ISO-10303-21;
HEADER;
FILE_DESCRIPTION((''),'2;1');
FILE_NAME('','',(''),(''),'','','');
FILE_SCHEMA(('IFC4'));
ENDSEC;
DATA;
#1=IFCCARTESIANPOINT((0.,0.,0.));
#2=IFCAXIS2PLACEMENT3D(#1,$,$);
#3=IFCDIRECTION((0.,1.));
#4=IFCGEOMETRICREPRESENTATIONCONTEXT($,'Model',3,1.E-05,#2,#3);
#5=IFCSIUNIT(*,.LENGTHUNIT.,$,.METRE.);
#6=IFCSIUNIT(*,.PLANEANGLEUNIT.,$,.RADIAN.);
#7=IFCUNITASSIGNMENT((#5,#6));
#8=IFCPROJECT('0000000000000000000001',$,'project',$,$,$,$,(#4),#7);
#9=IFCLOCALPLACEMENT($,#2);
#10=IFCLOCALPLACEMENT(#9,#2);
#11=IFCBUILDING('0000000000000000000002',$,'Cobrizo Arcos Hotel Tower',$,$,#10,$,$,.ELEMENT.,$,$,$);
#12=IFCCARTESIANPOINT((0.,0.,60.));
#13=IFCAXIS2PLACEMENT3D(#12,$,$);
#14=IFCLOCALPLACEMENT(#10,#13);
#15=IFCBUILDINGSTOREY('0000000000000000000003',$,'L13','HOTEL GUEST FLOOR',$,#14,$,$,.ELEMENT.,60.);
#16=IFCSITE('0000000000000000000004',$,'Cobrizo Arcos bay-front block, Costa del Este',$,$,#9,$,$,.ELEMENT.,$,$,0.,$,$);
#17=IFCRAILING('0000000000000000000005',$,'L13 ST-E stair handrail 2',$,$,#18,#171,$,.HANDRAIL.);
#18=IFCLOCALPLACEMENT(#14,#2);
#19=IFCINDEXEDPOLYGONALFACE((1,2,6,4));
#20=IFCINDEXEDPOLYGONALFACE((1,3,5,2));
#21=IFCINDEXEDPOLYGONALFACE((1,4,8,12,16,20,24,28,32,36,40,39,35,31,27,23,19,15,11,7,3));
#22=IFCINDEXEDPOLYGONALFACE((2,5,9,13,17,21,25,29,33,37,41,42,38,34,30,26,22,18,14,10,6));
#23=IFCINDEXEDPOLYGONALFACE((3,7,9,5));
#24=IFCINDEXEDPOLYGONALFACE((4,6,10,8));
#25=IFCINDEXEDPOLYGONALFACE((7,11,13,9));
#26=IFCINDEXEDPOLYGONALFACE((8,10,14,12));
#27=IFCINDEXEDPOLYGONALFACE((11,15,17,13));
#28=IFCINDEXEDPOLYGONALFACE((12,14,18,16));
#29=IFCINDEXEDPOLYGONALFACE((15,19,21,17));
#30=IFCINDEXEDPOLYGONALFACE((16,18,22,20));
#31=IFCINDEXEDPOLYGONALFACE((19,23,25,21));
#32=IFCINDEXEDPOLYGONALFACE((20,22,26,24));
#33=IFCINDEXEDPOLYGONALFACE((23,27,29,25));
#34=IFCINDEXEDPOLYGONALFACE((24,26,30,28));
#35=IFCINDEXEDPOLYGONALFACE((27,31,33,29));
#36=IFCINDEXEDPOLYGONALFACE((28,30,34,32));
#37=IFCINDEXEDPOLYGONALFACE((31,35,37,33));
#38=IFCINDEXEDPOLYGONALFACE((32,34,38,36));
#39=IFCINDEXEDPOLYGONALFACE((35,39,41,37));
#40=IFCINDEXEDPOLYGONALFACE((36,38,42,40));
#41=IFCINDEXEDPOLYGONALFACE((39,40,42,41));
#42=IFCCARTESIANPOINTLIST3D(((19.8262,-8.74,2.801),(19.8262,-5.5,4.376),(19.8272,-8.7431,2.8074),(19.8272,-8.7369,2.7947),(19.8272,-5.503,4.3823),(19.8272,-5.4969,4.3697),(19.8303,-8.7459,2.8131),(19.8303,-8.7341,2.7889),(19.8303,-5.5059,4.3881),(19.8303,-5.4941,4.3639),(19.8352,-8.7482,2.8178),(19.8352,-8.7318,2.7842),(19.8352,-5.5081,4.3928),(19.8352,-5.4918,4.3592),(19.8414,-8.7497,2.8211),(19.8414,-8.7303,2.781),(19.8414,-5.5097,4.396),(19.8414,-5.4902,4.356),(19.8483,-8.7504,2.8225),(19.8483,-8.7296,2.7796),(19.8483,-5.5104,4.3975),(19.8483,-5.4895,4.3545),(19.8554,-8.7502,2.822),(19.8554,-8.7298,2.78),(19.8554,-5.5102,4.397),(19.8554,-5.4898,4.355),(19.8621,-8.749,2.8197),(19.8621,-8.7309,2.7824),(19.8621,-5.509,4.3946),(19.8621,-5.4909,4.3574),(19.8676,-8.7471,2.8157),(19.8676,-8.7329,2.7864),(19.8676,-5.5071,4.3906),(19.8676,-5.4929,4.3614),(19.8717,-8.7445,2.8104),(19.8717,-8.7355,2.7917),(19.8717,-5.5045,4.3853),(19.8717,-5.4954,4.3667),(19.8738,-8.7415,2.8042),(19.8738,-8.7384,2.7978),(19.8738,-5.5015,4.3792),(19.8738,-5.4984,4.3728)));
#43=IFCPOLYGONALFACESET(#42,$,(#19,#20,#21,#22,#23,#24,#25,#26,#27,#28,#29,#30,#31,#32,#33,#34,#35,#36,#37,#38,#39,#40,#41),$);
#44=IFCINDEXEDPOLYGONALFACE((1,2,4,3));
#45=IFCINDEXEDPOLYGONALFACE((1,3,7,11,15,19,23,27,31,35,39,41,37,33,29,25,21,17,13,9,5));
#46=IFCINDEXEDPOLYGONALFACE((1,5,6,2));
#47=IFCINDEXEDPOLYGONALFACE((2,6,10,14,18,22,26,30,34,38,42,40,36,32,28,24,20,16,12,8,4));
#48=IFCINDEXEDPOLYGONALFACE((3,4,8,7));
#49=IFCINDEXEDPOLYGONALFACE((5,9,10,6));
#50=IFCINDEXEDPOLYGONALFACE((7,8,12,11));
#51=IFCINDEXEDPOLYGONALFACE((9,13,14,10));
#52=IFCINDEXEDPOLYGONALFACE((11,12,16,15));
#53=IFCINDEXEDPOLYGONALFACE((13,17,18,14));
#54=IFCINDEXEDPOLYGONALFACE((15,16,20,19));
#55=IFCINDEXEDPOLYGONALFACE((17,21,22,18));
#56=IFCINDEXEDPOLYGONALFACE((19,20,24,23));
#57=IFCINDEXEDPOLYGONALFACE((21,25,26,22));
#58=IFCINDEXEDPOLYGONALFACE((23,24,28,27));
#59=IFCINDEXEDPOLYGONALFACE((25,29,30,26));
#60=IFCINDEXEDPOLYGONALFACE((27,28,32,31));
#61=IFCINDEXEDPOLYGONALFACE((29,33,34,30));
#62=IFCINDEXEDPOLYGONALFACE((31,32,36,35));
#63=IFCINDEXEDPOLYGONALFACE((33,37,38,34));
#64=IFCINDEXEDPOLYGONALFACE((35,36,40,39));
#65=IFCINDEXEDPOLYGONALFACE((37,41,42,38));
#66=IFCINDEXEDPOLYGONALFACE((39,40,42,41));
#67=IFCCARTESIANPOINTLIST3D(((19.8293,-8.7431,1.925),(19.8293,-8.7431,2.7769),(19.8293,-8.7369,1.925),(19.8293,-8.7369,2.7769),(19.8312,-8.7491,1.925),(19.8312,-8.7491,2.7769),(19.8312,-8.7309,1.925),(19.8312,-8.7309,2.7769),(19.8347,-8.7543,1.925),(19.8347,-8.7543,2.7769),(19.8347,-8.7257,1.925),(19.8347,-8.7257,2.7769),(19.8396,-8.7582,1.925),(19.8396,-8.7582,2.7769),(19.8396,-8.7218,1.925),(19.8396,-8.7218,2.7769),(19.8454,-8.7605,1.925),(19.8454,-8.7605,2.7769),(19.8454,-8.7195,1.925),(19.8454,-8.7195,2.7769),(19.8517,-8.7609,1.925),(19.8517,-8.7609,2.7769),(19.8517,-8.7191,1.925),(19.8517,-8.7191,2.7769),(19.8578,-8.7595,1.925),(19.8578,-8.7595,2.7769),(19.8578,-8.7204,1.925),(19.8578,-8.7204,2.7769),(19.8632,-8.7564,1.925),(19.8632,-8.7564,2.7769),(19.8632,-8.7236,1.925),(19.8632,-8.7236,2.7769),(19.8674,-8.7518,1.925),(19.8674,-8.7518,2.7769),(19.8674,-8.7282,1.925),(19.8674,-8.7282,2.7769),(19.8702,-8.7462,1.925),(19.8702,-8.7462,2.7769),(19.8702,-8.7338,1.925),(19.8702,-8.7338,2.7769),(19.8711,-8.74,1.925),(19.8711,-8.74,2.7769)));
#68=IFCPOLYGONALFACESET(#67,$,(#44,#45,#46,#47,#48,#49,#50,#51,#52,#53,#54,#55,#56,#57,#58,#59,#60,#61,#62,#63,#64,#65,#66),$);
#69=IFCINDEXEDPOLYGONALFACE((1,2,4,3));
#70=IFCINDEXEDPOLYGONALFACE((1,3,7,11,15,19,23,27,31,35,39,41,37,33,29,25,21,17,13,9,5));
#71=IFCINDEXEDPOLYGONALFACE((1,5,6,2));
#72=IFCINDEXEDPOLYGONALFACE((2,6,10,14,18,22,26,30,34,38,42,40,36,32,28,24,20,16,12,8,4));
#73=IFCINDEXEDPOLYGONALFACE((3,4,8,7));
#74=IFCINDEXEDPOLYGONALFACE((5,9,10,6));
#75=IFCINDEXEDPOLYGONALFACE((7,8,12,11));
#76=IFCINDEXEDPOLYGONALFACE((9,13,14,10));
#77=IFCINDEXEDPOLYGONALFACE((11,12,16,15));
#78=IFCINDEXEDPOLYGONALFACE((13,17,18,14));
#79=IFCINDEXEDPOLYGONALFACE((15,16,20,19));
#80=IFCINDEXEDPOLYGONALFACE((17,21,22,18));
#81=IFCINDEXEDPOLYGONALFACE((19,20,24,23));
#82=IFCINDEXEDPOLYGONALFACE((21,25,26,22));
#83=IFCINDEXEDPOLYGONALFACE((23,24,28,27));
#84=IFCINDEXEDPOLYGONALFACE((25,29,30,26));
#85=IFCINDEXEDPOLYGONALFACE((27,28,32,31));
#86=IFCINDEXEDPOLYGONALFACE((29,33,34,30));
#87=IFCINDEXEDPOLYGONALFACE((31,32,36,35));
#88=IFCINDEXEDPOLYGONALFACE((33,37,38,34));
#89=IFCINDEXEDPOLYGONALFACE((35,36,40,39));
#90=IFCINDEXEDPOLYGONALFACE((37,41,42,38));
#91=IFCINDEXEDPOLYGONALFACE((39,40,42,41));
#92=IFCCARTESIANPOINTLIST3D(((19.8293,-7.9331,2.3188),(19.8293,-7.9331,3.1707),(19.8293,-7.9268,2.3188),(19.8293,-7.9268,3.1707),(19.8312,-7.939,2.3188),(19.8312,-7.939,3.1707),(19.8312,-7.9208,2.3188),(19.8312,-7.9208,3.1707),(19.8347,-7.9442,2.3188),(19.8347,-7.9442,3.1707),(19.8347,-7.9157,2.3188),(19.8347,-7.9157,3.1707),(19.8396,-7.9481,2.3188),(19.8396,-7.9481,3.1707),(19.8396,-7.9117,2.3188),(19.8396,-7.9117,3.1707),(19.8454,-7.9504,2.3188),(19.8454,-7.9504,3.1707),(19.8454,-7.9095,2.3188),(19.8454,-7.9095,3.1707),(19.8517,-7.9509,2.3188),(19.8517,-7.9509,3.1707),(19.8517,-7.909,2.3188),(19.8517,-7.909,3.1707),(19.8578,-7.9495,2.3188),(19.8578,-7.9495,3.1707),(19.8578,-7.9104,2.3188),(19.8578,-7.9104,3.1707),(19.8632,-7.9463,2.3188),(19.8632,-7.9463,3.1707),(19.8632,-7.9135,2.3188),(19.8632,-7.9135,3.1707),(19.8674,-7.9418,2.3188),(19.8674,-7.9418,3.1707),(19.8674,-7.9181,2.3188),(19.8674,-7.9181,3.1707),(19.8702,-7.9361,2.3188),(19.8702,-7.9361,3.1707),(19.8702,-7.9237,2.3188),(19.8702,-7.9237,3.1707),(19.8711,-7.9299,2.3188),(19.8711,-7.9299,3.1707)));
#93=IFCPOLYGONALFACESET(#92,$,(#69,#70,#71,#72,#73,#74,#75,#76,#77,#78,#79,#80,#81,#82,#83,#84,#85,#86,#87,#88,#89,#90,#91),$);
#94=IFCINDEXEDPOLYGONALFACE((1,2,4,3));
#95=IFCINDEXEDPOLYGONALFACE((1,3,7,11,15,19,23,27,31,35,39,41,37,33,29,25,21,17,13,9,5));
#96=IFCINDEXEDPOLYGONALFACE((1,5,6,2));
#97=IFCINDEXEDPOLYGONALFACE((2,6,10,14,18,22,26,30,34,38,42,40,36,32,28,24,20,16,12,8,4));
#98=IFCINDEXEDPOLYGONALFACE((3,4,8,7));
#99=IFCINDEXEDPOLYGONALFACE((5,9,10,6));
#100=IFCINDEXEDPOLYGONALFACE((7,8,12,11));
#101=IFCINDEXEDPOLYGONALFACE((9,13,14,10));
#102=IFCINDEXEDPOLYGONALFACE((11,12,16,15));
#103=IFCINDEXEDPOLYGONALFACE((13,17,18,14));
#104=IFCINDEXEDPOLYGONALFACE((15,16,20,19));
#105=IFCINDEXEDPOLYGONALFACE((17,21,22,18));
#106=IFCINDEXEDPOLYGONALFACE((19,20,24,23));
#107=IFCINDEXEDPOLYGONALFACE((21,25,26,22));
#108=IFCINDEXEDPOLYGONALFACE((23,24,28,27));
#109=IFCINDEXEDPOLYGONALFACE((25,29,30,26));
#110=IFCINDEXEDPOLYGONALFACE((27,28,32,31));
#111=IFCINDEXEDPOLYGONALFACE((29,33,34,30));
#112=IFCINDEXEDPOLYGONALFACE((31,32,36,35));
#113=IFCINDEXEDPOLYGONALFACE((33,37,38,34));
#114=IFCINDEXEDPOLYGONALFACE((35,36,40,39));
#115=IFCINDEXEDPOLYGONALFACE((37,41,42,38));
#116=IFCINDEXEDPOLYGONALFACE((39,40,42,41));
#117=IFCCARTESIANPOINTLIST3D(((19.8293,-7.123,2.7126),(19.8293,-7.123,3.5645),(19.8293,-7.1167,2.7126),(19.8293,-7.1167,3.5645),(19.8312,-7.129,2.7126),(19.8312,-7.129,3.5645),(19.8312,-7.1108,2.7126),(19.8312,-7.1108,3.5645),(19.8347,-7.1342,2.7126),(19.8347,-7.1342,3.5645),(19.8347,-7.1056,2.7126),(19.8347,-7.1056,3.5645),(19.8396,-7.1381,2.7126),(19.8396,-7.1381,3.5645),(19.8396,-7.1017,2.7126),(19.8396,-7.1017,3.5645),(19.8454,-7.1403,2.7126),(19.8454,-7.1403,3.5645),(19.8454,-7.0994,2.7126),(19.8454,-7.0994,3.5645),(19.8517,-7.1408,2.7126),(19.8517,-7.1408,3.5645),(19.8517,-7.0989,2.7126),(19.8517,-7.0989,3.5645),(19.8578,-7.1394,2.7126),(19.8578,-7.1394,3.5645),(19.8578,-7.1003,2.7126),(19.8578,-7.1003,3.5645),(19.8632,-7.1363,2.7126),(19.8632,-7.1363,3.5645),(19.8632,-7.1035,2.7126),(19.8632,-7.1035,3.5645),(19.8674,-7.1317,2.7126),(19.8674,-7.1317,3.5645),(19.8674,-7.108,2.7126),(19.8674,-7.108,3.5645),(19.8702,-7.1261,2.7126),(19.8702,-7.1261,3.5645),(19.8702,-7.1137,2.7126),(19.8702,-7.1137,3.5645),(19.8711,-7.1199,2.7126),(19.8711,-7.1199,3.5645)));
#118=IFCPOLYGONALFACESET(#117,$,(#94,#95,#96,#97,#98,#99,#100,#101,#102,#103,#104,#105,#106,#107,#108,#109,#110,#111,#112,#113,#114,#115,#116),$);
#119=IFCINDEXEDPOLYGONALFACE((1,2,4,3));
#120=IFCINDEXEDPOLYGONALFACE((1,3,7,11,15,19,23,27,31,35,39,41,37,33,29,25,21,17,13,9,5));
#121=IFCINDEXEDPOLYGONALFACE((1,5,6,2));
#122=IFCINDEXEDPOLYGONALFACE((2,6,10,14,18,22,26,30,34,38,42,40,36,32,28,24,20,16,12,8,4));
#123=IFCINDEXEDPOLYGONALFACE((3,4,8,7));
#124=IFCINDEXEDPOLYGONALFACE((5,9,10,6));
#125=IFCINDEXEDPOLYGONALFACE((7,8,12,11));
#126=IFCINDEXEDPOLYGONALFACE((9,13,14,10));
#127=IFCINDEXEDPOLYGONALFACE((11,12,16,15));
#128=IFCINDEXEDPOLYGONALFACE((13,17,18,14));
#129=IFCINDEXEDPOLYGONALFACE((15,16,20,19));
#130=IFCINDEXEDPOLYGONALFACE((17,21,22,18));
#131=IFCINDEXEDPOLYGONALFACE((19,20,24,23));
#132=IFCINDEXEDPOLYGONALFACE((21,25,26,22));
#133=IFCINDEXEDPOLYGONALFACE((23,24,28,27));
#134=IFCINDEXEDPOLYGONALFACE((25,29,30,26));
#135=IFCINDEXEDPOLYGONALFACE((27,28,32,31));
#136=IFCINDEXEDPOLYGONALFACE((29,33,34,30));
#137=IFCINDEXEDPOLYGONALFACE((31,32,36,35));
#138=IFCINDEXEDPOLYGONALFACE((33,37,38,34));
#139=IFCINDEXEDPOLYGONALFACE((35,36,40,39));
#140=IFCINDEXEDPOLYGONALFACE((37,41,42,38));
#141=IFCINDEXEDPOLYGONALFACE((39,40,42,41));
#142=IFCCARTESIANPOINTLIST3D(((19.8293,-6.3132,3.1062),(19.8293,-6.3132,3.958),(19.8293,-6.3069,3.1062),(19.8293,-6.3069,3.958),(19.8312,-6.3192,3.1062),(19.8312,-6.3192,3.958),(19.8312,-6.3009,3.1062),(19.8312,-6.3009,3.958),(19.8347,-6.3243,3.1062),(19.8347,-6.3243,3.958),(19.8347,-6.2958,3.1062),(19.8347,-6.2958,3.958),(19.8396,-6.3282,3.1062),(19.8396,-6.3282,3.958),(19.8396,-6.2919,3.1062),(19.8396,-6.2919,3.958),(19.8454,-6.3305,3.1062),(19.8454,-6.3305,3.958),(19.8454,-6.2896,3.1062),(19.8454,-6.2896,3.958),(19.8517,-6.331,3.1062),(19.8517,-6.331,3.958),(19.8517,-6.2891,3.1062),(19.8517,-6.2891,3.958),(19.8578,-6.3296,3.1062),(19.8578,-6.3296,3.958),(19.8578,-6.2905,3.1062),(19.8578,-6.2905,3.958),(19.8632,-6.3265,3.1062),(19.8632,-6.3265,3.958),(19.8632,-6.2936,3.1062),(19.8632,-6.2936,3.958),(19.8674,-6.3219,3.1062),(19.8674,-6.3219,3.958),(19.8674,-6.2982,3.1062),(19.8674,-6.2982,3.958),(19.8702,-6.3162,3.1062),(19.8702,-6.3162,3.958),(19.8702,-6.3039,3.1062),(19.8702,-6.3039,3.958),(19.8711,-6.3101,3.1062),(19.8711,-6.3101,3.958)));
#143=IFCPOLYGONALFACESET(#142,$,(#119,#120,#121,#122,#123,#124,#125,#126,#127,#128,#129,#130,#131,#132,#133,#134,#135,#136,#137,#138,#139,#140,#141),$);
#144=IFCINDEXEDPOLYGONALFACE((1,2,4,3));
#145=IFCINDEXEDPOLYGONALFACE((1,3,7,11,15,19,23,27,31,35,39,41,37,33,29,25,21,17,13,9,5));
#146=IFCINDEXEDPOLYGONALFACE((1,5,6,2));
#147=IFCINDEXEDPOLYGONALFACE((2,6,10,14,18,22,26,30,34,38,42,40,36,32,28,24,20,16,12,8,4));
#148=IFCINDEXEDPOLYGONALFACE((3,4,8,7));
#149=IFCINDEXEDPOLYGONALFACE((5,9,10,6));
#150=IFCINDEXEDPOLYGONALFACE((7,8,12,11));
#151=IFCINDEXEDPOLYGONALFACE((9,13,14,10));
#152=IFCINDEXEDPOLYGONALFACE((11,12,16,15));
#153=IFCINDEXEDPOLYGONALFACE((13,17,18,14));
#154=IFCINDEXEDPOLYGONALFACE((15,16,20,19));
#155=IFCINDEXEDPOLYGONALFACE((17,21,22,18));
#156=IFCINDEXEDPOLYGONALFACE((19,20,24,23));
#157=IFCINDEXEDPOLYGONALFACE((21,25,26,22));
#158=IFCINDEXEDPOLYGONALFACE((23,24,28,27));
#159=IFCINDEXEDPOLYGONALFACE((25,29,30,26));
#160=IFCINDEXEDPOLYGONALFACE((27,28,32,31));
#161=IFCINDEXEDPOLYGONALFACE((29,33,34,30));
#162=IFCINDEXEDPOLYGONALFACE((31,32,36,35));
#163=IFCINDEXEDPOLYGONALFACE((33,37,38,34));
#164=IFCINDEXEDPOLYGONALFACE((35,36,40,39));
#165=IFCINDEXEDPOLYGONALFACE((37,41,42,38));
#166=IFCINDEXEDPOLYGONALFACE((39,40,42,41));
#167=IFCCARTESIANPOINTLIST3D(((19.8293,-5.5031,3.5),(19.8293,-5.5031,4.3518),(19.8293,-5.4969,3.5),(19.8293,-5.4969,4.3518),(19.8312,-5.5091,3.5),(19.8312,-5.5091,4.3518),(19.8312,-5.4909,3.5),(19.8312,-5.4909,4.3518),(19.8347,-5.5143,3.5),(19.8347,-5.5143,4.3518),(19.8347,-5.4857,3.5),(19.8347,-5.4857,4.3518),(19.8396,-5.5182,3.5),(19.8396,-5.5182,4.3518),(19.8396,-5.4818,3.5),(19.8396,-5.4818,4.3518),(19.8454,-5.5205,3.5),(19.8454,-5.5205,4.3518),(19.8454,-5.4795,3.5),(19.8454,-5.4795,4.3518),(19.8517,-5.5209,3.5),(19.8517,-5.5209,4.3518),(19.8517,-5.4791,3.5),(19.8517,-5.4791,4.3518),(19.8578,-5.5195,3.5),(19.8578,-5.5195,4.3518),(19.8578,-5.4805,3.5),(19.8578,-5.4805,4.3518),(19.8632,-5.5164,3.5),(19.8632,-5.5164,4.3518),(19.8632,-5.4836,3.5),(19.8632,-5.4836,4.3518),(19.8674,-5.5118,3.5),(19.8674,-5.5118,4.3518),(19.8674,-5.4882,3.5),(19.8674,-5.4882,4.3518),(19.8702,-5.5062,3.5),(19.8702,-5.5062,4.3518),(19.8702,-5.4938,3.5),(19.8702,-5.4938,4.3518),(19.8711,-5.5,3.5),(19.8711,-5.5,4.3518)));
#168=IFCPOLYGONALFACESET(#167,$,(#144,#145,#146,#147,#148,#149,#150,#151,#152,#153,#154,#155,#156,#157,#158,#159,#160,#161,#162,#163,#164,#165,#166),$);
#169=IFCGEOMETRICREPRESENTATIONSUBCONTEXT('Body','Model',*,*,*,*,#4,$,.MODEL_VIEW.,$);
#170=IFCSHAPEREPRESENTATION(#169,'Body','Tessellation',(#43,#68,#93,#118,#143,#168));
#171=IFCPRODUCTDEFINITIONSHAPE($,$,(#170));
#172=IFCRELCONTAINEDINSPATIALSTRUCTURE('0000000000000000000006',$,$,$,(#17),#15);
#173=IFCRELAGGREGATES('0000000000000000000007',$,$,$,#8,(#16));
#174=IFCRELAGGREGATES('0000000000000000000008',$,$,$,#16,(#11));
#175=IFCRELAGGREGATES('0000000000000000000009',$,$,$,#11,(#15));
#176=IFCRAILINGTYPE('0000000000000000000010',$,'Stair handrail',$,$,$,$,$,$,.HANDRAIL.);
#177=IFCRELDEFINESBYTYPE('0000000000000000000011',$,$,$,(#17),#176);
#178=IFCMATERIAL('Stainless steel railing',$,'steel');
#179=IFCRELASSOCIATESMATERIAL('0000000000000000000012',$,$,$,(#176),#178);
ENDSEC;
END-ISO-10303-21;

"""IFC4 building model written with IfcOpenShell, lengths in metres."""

from ifc_helpers import new_model, si_unit, direction, frame, origin, origin_2d, place, context, subcontext, project, spatial, circle, extrude, material, type_object, element, save


model = new_model("IFC4")

# Units and contexts
model_context = context("Model", 3, precision=1e-05, world=origin(), true_north=direction((0.0, 1.0)))
body_context = subcontext(model_context, "Body", "Model", "MODEL_VIEW")
ifc_project = project(units=[si_unit("LENGTHUNIT", "METRE"), si_unit("PLANEANGLEUNIT", "RADIAN")], contexts=[model_context])

# Site, building, storey
site_placement = place(None, origin())
site = spatial("IfcSite", under=ifc_project, at=site_placement, Name="Cobrizo Arcos bay-front block, Costa del Este", CompositionType="ELEMENT", RefElevation=0.0)
building_placement = place(site_placement, origin())
building = spatial("IfcBuilding", under=site, at=building_placement, Name="Cobrizo Arcos Hotel Tower", CompositionType="ELEMENT")
storey_placement = place(building_placement, frame((0.0, 0.0, 60.0)))
storey = spatial("IfcBuildingStorey", under=building, at=storey_placement, Name="L13", Description="HOTEL GUEST FLOOR", CompositionType="ELEMENT", Elevation=60.0)

# Railing
ifc_material_1 = material(Name="Stainless steel railing", Category="steel")
railing_type_1 = type_object("IfcRailingType", Name="Stair handrail", PredefinedType="HANDRAIL", material=ifc_material_1)
railing_1_placement = place(storey_placement, frame((19.8501, -8.74, 1.925)))
element("IfcRailing", 1, at=railing_1_placement, inside=storey, type_object=railing_type_1, Name="L13 ST-E stair handrail 2", PredefinedType="HANDRAIL", context=body_context, shape_type="SweptSolid", body=[
    extrude(circle(Radius=0.0239, at=origin_2d()), frame((0.0, 0.0, 0.876), z_axis=(0.0, 0.899373, 0.437183), x_axis=(-1.0, 0.0, 0.0)), (0.0, 0.0, 1.0), 3.6025),
    extrude(circle(Radius=0.021, at=origin_2d()), origin(), (0.0, 0.0, 1.0), 0.8518),
    extrude(circle(Radius=0.021, at=origin_2d()), frame((0.0, 0.8101, 0.3938)), (0.0, 0.0, 1.0), 0.8518),
    extrude(circle(Radius=0.021, at=origin_2d()), frame((0.0, 1.6201, 0.7876)), (0.0, 0.0, 1.0), 0.8518),
    extrude(circle(Radius=0.021, at=origin_2d()), frame((0.0, 2.4299, 1.1812)), (0.0, 0.0, 1.0), 0.8518),
    extrude(circle(Radius=0.021, at=origin_2d()), frame((0.0, 3.24, 1.575)), (0.0, 0.0, 1.0), 0.8518),
])

save(model, "model.ifc")
